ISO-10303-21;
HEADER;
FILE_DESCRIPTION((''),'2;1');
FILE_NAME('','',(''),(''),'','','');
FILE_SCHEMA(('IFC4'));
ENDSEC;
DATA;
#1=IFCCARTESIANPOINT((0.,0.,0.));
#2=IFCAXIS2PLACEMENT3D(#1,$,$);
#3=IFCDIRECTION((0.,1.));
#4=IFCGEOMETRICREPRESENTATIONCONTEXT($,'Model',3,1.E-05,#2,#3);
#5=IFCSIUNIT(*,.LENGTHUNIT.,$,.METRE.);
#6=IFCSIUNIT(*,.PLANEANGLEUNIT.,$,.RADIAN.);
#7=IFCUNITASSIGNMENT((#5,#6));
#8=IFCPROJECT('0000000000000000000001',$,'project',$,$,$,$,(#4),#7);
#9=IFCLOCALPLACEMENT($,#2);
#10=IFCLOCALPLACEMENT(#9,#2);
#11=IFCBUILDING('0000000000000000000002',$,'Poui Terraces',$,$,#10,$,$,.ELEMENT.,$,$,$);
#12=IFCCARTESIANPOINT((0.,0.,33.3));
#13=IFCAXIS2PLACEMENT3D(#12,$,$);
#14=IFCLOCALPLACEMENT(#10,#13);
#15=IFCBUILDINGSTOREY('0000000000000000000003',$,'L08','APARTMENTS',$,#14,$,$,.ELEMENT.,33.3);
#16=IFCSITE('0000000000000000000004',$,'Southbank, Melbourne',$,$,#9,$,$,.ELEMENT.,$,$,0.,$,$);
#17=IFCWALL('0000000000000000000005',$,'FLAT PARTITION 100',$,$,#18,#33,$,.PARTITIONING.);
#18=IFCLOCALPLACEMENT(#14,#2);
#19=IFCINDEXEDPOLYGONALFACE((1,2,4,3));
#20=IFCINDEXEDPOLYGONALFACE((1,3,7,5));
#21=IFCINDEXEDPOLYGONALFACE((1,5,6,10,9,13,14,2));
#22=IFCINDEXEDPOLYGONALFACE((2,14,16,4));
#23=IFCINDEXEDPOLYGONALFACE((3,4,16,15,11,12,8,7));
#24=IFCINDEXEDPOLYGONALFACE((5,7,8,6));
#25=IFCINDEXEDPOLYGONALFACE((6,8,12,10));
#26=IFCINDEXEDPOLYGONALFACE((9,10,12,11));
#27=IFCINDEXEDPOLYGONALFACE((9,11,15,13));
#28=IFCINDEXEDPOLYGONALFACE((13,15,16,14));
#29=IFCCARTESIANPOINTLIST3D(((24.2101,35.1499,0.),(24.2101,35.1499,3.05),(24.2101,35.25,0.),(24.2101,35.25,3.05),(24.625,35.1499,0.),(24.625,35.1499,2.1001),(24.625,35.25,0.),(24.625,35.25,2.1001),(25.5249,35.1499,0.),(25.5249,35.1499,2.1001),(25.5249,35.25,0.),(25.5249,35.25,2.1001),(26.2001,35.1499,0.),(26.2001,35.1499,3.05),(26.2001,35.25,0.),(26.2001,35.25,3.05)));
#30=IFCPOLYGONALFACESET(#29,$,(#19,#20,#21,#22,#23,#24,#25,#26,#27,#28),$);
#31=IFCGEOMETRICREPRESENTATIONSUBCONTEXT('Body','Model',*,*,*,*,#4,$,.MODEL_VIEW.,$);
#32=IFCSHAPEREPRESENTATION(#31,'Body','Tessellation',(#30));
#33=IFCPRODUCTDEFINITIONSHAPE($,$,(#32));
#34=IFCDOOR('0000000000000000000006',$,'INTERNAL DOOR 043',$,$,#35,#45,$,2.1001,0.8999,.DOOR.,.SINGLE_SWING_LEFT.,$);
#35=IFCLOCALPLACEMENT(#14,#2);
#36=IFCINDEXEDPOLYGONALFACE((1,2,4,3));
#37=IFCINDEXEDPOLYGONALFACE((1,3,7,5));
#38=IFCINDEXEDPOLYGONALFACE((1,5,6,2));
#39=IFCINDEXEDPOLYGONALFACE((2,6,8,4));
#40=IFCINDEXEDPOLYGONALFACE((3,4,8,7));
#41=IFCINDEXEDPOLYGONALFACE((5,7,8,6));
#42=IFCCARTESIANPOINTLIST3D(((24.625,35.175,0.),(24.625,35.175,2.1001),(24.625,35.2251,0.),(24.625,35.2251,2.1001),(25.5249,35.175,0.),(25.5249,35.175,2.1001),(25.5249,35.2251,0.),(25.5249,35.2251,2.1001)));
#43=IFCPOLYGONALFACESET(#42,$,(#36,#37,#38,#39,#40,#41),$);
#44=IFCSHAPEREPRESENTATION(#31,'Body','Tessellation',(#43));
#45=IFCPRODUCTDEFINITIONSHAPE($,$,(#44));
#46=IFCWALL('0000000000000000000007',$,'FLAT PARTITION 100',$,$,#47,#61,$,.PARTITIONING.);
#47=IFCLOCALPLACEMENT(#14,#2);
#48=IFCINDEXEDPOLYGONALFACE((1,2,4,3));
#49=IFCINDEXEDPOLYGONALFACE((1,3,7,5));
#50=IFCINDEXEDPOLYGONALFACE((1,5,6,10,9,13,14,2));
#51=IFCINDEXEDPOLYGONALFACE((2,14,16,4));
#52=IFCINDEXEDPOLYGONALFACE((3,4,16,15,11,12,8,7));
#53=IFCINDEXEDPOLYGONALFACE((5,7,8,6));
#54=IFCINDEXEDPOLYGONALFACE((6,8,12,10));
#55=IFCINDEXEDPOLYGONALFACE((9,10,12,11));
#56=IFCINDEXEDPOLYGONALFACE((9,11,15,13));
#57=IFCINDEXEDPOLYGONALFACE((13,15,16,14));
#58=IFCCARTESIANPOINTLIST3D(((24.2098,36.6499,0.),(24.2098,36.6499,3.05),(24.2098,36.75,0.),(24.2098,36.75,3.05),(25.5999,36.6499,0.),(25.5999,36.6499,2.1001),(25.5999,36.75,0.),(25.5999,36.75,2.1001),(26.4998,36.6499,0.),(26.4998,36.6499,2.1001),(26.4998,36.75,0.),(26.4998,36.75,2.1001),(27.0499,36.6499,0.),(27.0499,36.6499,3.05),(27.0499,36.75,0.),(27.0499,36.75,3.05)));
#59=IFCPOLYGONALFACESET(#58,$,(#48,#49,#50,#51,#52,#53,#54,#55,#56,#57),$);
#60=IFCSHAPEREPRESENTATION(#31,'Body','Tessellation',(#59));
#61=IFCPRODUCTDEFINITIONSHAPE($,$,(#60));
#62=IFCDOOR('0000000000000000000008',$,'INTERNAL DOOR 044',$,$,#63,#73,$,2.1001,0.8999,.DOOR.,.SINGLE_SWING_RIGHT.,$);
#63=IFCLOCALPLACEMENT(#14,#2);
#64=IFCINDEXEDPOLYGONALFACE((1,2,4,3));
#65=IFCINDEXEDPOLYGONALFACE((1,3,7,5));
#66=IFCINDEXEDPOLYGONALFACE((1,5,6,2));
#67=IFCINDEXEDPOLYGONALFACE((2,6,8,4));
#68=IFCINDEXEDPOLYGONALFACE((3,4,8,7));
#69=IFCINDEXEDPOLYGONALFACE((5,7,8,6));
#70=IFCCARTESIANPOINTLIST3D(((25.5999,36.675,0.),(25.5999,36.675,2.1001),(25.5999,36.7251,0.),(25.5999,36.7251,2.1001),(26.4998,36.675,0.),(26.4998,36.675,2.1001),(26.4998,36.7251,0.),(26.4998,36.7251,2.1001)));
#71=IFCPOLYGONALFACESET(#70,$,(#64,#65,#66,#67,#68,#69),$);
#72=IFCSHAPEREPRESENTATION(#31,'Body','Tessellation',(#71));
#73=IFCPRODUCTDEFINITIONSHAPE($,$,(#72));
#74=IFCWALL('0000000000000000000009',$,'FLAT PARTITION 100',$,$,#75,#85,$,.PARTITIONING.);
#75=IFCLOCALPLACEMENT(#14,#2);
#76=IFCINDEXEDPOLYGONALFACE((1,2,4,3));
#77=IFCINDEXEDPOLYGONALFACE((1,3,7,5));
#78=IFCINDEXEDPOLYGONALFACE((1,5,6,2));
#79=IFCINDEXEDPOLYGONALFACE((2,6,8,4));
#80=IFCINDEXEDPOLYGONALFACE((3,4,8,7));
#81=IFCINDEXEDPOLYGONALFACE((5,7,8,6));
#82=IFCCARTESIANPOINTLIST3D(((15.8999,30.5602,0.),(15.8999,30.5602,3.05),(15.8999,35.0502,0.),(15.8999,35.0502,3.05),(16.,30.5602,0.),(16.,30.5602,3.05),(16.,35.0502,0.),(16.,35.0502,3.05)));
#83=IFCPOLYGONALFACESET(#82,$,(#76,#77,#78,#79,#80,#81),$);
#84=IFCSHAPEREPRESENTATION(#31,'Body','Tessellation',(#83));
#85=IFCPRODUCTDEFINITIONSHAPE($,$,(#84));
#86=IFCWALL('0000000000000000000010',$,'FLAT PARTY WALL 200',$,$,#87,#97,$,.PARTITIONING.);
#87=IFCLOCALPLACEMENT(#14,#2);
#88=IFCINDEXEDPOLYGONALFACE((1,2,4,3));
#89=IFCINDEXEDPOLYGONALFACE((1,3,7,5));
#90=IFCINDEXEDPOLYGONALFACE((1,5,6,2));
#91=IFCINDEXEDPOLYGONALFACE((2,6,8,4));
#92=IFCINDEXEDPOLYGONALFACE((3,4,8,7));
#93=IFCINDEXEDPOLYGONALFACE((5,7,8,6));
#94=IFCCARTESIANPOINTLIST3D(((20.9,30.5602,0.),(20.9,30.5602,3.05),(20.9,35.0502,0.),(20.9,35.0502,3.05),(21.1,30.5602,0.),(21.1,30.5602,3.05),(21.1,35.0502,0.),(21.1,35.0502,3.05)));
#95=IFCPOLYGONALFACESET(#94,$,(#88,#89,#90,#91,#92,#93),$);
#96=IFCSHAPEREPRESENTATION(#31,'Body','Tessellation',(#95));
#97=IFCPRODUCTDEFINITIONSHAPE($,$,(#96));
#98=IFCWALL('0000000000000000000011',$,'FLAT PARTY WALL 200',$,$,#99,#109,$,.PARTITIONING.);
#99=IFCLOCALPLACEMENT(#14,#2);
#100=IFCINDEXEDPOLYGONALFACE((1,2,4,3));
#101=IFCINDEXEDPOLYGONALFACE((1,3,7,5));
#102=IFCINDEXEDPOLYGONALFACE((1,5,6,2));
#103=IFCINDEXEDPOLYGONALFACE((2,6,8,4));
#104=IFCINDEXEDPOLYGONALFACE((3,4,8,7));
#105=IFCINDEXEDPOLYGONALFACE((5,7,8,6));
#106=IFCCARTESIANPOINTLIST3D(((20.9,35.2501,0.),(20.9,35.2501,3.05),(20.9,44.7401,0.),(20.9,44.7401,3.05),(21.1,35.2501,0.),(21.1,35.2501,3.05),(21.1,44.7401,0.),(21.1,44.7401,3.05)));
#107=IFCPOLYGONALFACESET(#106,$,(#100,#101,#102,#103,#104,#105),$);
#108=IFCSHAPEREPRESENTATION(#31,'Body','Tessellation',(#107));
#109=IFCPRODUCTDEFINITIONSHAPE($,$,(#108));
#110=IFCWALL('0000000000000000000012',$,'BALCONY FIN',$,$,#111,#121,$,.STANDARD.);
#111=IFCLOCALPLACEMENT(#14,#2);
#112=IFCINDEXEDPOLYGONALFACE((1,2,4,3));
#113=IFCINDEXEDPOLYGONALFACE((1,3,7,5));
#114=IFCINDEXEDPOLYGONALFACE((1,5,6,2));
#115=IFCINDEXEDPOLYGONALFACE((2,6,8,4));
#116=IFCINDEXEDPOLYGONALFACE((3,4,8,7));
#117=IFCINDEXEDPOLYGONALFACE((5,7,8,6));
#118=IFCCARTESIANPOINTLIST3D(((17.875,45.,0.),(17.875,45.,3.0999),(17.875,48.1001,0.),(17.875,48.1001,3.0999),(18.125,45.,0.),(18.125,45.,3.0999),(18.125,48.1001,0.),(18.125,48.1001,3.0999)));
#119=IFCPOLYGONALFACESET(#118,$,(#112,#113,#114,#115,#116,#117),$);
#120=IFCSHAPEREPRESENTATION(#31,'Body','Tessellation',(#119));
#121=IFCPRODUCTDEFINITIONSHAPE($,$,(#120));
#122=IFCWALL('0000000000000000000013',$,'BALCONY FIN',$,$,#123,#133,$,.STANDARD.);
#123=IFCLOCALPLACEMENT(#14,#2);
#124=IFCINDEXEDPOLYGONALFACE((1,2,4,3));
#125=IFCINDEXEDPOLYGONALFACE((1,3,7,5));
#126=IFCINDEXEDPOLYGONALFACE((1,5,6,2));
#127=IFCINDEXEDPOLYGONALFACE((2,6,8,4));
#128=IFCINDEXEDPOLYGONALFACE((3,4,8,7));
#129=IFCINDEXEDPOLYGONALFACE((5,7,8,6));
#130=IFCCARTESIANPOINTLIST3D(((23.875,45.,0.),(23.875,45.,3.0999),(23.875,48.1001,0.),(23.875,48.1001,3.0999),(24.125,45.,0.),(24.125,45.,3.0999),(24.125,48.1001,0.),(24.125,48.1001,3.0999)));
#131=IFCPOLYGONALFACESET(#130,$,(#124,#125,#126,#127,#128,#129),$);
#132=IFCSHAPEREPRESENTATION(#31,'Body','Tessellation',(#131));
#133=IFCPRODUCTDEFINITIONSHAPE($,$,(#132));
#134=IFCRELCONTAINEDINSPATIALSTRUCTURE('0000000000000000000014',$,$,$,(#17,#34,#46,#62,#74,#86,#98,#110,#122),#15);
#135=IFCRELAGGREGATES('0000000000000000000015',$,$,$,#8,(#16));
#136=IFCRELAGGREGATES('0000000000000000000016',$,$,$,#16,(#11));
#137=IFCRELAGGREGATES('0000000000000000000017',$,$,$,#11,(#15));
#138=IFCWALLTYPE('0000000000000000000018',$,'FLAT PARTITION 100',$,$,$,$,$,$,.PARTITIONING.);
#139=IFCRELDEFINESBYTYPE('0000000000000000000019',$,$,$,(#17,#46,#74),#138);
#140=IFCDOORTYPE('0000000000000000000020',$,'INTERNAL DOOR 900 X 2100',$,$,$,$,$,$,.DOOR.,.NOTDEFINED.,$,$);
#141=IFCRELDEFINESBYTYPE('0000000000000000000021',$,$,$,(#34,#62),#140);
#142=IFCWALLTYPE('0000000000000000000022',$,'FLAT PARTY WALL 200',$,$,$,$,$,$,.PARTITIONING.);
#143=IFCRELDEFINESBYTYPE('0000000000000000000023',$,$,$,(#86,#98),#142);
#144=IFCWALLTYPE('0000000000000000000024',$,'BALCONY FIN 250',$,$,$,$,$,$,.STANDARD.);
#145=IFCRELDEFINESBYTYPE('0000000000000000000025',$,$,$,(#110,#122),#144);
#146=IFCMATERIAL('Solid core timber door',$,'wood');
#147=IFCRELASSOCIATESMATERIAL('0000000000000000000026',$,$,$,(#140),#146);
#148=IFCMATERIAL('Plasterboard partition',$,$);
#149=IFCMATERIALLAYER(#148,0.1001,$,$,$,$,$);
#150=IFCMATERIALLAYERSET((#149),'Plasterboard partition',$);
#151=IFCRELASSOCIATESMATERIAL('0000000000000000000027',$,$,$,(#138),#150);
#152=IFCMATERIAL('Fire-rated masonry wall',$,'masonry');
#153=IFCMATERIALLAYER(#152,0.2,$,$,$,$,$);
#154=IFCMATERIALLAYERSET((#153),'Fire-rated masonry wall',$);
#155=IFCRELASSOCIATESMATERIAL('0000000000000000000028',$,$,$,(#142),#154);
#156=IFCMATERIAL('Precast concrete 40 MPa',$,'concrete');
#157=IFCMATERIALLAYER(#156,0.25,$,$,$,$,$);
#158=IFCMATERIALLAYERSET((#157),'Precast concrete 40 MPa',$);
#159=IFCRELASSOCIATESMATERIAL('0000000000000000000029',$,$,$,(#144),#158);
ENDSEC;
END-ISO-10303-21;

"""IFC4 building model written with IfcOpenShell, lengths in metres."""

from ifc_helpers import new_model, si_unit, direction, frame, frame_2d, origin, place, context, subcontext, project, spatial, polyline, rectangle, outline, extrude, source, transform, mapped, material, layer, layer_set, type_object, element, fill, save


model = new_model("IFC4")

# Units and contexts
model_context = context("Model", 3, precision=1e-05, world=origin(), true_north=direction((0.0, 1.0)))
body_context = subcontext(model_context, "Body", "Model", "MODEL_VIEW")
ifc_project = project(units=[si_unit("LENGTHUNIT", "METRE"), si_unit("PLANEANGLEUNIT", "RADIAN")], contexts=[model_context])

# Site, building, storey
site_placement = place(None, origin())
site = spatial("IfcSite", under=ifc_project, at=site_placement, Name="Southbank, Melbourne", CompositionType="ELEMENT", RefElevation=0.0)
building_placement = place(site_placement, origin())
building = spatial("IfcBuilding", under=site, at=building_placement, Name="Poui Terraces", CompositionType="ELEMENT")
storey_placement = place(building_placement, frame((0.0, 0.0, 33.3)))
storey = spatial("IfcBuildingStorey", under=building, at=storey_placement, Name="L08", Description="APARTMENTS", CompositionType="ELEMENT", Elevation=33.3)

# Walls, openings, doors
ifc_material_1 = material(Name="Solid core timber door", Category="wood")
door_type_1 = type_object("IfcDoorType", Name="INTERNAL DOOR 900 X 2100", OperationType="NOTDEFINED", PredefinedType="DOOR", material=ifc_material_1)
ifc_material_2 = material(Name="Plasterboard partition")
ifc_layer_1 = layer(ifc_material_2, 0.1001)
ifc_layer_set_1 = layer_set([ifc_layer_1], Name="Plasterboard partition")
wall_type_1 = type_object("IfcWallType", Name="FLAT PARTITION 100", PredefinedType="PARTITIONING", material=ifc_layer_set_1)
wall_1_placement = place(storey_placement, frame((24.21, 35.2, 0.0), z_axis=(0.0, 0.0, 1.0), x_axis=(1.0, 0.0, 0.0)))
wall_1 = element("IfcWall", 1, at=wall_1_placement, inside=storey, type_object=wall_type_1, Name="FLAT PARTITION 100", PredefinedType="PARTITIONING", context=body_context, shape_type="SweptSolid", body=[
    extrude(rectangle(XDim=1.99, YDim=0.1001, at=frame_2d((0.9951, 0.0))), origin(), (0.0, 0.0, 1.0), 3.05),
])
opening_1_placement = place(wall_1_placement, frame((0.415, 0.0, 0.0)))
opening_1 = element("IfcOpeningElement", 2, at=opening_1_placement, cuts=wall_1, PredefinedType="OPENING", context=body_context, shape_type="SweptSolid", body=[
    extrude(rectangle(XDim=0.8999, YDim=2.1001, at=frame_2d((0.45, 1.05))), frame((0.0, 0.0601, 0.0), z_axis=(0.0, -1.0, 0.0), x_axis=(1.0, 0.0, 0.0)), (0.0, 0.0, 1.0), 0.1201),
])
door_1_placement = place(opening_1_placement, frame((0.8999, 0.0, 0.0), z_axis=(0.0, 0.0, 1.0), x_axis=(-1.0, 0.0, 0.0)))
door_1 = element("IfcDoor", 3, at=door_1_placement, inside=storey, type_object=door_type_1, Name="INTERNAL DOOR 043", OperationType="SINGLE_SWING_LEFT", OverallHeight=2.1001, OverallWidth=0.8999, PredefinedType="DOOR", context=body_context, shape_type="SweptSolid", body=[
    extrude(rectangle(XDim=0.8999, YDim=2.1001, at=frame_2d((0.45, 1.05))), frame((0.0, 0.0249, 0.0), z_axis=(0.0, -1.0, 0.0), x_axis=(1.0, 0.0, 0.0)), (0.0, 0.0, 1.0), 0.05),
])
fill(opening_1, door_1)
wall_2_placement = place(storey_placement, frame((24.21, 36.7, 0.0), z_axis=(0.0, 0.0, 1.0), x_axis=(1.0, 0.0, 0.0)))
wall_2 = element("IfcWall", 4, at=wall_2_placement, inside=storey, type_object=wall_type_1, Name="FLAT PARTITION 100", PredefinedType="PARTITIONING", context=body_context, shape_type="SweptSolid", body=[
    extrude(rectangle(XDim=2.8401, YDim=0.1001, at=frame_2d((1.4199, 0.0))), origin(), (0.0, 0.0, 1.0), 3.05),
])
opening_2_placement = place(wall_2_placement, frame((1.3899, 0.0, 0.0)))
opening_2 = element("IfcOpeningElement", 5, at=opening_2_placement, cuts=wall_2, PredefinedType="OPENING", context=body_context, shape_type="SweptSolid", body=[
    extrude(rectangle(XDim=0.8999, YDim=2.1001, at=frame_2d((0.45, 1.05))), frame((0.0, 0.0601, 0.0), z_axis=(0.0, -1.0, 0.0), x_axis=(1.0, 0.0, 0.0)), (0.0, 0.0, 1.0), 0.1201),
])
door_2_placement = place(opening_2_placement, frame((0.8999, 0.0, 0.0), z_axis=(0.0, 0.0, 1.0), x_axis=(-1.0, 0.0, 0.0)))
door_2 = element("IfcDoor", 6, at=door_2_placement, inside=storey, type_object=door_type_1, Name="INTERNAL DOOR 044", OperationType="SINGLE_SWING_RIGHT", OverallHeight=2.1001, OverallWidth=0.8999, PredefinedType="DOOR", context=body_context, shape_type="SweptSolid", body=[
    extrude(rectangle(XDim=0.8999, YDim=2.1001, at=frame_2d((0.45, 1.05))), frame((0.0, 0.0249, 0.0), z_axis=(0.0, -1.0, 0.0), x_axis=(1.0, 0.0, 0.0)), (0.0, 0.0, 1.0), 0.05),
])
fill(opening_2, door_2)

# Walls
wall_3_placement = place(storey_placement, frame((15.95, 30.5601, 0.0), z_axis=(0.0, 0.0, 1.0), x_axis=(0.0, 1.0, 0.0)))
element("IfcWall", 7, at=wall_3_placement, inside=storey, type_object=wall_type_1, Name="FLAT PARTITION 100", PredefinedType="PARTITIONING", context=body_context, shape_type="SweptSolid", body=[
    extrude(rectangle(XDim=4.49, YDim=0.1001, at=frame_2d((2.2451, 0.0))), origin(), (0.0, 0.0, 1.0), 3.05),
])
ifc_material_3 = material(Name="Fire-rated masonry wall", Category="masonry")
ifc_layer_2 = layer(ifc_material_3, 0.2)
ifc_layer_set_2 = layer_set([ifc_layer_2], Name="Fire-rated masonry wall")
wall_type_2 = type_object("IfcWallType", Name="FLAT PARTY WALL 200", PredefinedType="PARTITIONING", material=ifc_layer_set_2)
wall_4_placement = place(storey_placement, frame((21.0, 30.5601, 0.0), z_axis=(0.0, 0.0, 1.0), x_axis=(0.0, 1.0, 0.0)))
element("IfcWall", 8, at=wall_4_placement, inside=storey, type_object=wall_type_2, Name="FLAT PARTY WALL 200", PredefinedType="PARTITIONING", context=body_context, shape_type="SweptSolid", body=[
    extrude(rectangle(XDim=4.49, YDim=0.2, at=frame_2d((2.2451, 0.0))), origin(), (0.0, 0.0, 1.0), 3.05),
])
wall_5_placement = place(storey_placement, frame((21.0, 35.25, 0.0), z_axis=(0.0, 0.0, 1.0), x_axis=(0.0, 1.0, 0.0)))
element("IfcWall", 9, at=wall_5_placement, inside=storey, type_object=wall_type_2, Name="FLAT PARTY WALL 200", PredefinedType="PARTITIONING", context=body_context, shape_type="SweptSolid", body=[
    extrude(rectangle(XDim=9.49, YDim=0.2, at=frame_2d((4.7451, 0.0))), origin(), (0.0, 0.0, 1.0), 3.05),
])
ifc_material_4 = material(Name="Precast concrete 40 MPa", Category="concrete")
ifc_layer_3 = layer(ifc_material_4, 0.25)
ifc_layer_set_3 = layer_set([ifc_layer_3], Name="Precast concrete 40 MPa")
wall_type_3 = type_object("IfcWallType", Name="BALCONY FIN 250", PredefinedType="STANDARD", material=ifc_layer_set_3)
shared_shape_1 = source(origin(), body_context, "Body", "SweptSolid", [
    extrude(outline(polyline([(0.0, 0.0), (0.25, 0.0), (0.25, 3.1001), (0.0, 3.1001), (0.0, 0.0)])), origin(), (0.0, 0.0, 1.0), 3.0999),
])
for number, where, name in (
    (10, (17.875, 45.0, 0.0), "BALCONY FIN"),
    (11, (23.875, 45.0, 0.0), "BALCONY FIN"),
):
    element("IfcWall", number, at=place(storey_placement, frame(where)), inside=storey, type_object=wall_type_3, Name=name, PredefinedType="STANDARD", context=body_context, shape_type="MappedRepresentation", body=[
        mapped(shared_shape_1, transform((0.0, 0.0, 0.0))),
    ])

save(model, "model.ifc")
